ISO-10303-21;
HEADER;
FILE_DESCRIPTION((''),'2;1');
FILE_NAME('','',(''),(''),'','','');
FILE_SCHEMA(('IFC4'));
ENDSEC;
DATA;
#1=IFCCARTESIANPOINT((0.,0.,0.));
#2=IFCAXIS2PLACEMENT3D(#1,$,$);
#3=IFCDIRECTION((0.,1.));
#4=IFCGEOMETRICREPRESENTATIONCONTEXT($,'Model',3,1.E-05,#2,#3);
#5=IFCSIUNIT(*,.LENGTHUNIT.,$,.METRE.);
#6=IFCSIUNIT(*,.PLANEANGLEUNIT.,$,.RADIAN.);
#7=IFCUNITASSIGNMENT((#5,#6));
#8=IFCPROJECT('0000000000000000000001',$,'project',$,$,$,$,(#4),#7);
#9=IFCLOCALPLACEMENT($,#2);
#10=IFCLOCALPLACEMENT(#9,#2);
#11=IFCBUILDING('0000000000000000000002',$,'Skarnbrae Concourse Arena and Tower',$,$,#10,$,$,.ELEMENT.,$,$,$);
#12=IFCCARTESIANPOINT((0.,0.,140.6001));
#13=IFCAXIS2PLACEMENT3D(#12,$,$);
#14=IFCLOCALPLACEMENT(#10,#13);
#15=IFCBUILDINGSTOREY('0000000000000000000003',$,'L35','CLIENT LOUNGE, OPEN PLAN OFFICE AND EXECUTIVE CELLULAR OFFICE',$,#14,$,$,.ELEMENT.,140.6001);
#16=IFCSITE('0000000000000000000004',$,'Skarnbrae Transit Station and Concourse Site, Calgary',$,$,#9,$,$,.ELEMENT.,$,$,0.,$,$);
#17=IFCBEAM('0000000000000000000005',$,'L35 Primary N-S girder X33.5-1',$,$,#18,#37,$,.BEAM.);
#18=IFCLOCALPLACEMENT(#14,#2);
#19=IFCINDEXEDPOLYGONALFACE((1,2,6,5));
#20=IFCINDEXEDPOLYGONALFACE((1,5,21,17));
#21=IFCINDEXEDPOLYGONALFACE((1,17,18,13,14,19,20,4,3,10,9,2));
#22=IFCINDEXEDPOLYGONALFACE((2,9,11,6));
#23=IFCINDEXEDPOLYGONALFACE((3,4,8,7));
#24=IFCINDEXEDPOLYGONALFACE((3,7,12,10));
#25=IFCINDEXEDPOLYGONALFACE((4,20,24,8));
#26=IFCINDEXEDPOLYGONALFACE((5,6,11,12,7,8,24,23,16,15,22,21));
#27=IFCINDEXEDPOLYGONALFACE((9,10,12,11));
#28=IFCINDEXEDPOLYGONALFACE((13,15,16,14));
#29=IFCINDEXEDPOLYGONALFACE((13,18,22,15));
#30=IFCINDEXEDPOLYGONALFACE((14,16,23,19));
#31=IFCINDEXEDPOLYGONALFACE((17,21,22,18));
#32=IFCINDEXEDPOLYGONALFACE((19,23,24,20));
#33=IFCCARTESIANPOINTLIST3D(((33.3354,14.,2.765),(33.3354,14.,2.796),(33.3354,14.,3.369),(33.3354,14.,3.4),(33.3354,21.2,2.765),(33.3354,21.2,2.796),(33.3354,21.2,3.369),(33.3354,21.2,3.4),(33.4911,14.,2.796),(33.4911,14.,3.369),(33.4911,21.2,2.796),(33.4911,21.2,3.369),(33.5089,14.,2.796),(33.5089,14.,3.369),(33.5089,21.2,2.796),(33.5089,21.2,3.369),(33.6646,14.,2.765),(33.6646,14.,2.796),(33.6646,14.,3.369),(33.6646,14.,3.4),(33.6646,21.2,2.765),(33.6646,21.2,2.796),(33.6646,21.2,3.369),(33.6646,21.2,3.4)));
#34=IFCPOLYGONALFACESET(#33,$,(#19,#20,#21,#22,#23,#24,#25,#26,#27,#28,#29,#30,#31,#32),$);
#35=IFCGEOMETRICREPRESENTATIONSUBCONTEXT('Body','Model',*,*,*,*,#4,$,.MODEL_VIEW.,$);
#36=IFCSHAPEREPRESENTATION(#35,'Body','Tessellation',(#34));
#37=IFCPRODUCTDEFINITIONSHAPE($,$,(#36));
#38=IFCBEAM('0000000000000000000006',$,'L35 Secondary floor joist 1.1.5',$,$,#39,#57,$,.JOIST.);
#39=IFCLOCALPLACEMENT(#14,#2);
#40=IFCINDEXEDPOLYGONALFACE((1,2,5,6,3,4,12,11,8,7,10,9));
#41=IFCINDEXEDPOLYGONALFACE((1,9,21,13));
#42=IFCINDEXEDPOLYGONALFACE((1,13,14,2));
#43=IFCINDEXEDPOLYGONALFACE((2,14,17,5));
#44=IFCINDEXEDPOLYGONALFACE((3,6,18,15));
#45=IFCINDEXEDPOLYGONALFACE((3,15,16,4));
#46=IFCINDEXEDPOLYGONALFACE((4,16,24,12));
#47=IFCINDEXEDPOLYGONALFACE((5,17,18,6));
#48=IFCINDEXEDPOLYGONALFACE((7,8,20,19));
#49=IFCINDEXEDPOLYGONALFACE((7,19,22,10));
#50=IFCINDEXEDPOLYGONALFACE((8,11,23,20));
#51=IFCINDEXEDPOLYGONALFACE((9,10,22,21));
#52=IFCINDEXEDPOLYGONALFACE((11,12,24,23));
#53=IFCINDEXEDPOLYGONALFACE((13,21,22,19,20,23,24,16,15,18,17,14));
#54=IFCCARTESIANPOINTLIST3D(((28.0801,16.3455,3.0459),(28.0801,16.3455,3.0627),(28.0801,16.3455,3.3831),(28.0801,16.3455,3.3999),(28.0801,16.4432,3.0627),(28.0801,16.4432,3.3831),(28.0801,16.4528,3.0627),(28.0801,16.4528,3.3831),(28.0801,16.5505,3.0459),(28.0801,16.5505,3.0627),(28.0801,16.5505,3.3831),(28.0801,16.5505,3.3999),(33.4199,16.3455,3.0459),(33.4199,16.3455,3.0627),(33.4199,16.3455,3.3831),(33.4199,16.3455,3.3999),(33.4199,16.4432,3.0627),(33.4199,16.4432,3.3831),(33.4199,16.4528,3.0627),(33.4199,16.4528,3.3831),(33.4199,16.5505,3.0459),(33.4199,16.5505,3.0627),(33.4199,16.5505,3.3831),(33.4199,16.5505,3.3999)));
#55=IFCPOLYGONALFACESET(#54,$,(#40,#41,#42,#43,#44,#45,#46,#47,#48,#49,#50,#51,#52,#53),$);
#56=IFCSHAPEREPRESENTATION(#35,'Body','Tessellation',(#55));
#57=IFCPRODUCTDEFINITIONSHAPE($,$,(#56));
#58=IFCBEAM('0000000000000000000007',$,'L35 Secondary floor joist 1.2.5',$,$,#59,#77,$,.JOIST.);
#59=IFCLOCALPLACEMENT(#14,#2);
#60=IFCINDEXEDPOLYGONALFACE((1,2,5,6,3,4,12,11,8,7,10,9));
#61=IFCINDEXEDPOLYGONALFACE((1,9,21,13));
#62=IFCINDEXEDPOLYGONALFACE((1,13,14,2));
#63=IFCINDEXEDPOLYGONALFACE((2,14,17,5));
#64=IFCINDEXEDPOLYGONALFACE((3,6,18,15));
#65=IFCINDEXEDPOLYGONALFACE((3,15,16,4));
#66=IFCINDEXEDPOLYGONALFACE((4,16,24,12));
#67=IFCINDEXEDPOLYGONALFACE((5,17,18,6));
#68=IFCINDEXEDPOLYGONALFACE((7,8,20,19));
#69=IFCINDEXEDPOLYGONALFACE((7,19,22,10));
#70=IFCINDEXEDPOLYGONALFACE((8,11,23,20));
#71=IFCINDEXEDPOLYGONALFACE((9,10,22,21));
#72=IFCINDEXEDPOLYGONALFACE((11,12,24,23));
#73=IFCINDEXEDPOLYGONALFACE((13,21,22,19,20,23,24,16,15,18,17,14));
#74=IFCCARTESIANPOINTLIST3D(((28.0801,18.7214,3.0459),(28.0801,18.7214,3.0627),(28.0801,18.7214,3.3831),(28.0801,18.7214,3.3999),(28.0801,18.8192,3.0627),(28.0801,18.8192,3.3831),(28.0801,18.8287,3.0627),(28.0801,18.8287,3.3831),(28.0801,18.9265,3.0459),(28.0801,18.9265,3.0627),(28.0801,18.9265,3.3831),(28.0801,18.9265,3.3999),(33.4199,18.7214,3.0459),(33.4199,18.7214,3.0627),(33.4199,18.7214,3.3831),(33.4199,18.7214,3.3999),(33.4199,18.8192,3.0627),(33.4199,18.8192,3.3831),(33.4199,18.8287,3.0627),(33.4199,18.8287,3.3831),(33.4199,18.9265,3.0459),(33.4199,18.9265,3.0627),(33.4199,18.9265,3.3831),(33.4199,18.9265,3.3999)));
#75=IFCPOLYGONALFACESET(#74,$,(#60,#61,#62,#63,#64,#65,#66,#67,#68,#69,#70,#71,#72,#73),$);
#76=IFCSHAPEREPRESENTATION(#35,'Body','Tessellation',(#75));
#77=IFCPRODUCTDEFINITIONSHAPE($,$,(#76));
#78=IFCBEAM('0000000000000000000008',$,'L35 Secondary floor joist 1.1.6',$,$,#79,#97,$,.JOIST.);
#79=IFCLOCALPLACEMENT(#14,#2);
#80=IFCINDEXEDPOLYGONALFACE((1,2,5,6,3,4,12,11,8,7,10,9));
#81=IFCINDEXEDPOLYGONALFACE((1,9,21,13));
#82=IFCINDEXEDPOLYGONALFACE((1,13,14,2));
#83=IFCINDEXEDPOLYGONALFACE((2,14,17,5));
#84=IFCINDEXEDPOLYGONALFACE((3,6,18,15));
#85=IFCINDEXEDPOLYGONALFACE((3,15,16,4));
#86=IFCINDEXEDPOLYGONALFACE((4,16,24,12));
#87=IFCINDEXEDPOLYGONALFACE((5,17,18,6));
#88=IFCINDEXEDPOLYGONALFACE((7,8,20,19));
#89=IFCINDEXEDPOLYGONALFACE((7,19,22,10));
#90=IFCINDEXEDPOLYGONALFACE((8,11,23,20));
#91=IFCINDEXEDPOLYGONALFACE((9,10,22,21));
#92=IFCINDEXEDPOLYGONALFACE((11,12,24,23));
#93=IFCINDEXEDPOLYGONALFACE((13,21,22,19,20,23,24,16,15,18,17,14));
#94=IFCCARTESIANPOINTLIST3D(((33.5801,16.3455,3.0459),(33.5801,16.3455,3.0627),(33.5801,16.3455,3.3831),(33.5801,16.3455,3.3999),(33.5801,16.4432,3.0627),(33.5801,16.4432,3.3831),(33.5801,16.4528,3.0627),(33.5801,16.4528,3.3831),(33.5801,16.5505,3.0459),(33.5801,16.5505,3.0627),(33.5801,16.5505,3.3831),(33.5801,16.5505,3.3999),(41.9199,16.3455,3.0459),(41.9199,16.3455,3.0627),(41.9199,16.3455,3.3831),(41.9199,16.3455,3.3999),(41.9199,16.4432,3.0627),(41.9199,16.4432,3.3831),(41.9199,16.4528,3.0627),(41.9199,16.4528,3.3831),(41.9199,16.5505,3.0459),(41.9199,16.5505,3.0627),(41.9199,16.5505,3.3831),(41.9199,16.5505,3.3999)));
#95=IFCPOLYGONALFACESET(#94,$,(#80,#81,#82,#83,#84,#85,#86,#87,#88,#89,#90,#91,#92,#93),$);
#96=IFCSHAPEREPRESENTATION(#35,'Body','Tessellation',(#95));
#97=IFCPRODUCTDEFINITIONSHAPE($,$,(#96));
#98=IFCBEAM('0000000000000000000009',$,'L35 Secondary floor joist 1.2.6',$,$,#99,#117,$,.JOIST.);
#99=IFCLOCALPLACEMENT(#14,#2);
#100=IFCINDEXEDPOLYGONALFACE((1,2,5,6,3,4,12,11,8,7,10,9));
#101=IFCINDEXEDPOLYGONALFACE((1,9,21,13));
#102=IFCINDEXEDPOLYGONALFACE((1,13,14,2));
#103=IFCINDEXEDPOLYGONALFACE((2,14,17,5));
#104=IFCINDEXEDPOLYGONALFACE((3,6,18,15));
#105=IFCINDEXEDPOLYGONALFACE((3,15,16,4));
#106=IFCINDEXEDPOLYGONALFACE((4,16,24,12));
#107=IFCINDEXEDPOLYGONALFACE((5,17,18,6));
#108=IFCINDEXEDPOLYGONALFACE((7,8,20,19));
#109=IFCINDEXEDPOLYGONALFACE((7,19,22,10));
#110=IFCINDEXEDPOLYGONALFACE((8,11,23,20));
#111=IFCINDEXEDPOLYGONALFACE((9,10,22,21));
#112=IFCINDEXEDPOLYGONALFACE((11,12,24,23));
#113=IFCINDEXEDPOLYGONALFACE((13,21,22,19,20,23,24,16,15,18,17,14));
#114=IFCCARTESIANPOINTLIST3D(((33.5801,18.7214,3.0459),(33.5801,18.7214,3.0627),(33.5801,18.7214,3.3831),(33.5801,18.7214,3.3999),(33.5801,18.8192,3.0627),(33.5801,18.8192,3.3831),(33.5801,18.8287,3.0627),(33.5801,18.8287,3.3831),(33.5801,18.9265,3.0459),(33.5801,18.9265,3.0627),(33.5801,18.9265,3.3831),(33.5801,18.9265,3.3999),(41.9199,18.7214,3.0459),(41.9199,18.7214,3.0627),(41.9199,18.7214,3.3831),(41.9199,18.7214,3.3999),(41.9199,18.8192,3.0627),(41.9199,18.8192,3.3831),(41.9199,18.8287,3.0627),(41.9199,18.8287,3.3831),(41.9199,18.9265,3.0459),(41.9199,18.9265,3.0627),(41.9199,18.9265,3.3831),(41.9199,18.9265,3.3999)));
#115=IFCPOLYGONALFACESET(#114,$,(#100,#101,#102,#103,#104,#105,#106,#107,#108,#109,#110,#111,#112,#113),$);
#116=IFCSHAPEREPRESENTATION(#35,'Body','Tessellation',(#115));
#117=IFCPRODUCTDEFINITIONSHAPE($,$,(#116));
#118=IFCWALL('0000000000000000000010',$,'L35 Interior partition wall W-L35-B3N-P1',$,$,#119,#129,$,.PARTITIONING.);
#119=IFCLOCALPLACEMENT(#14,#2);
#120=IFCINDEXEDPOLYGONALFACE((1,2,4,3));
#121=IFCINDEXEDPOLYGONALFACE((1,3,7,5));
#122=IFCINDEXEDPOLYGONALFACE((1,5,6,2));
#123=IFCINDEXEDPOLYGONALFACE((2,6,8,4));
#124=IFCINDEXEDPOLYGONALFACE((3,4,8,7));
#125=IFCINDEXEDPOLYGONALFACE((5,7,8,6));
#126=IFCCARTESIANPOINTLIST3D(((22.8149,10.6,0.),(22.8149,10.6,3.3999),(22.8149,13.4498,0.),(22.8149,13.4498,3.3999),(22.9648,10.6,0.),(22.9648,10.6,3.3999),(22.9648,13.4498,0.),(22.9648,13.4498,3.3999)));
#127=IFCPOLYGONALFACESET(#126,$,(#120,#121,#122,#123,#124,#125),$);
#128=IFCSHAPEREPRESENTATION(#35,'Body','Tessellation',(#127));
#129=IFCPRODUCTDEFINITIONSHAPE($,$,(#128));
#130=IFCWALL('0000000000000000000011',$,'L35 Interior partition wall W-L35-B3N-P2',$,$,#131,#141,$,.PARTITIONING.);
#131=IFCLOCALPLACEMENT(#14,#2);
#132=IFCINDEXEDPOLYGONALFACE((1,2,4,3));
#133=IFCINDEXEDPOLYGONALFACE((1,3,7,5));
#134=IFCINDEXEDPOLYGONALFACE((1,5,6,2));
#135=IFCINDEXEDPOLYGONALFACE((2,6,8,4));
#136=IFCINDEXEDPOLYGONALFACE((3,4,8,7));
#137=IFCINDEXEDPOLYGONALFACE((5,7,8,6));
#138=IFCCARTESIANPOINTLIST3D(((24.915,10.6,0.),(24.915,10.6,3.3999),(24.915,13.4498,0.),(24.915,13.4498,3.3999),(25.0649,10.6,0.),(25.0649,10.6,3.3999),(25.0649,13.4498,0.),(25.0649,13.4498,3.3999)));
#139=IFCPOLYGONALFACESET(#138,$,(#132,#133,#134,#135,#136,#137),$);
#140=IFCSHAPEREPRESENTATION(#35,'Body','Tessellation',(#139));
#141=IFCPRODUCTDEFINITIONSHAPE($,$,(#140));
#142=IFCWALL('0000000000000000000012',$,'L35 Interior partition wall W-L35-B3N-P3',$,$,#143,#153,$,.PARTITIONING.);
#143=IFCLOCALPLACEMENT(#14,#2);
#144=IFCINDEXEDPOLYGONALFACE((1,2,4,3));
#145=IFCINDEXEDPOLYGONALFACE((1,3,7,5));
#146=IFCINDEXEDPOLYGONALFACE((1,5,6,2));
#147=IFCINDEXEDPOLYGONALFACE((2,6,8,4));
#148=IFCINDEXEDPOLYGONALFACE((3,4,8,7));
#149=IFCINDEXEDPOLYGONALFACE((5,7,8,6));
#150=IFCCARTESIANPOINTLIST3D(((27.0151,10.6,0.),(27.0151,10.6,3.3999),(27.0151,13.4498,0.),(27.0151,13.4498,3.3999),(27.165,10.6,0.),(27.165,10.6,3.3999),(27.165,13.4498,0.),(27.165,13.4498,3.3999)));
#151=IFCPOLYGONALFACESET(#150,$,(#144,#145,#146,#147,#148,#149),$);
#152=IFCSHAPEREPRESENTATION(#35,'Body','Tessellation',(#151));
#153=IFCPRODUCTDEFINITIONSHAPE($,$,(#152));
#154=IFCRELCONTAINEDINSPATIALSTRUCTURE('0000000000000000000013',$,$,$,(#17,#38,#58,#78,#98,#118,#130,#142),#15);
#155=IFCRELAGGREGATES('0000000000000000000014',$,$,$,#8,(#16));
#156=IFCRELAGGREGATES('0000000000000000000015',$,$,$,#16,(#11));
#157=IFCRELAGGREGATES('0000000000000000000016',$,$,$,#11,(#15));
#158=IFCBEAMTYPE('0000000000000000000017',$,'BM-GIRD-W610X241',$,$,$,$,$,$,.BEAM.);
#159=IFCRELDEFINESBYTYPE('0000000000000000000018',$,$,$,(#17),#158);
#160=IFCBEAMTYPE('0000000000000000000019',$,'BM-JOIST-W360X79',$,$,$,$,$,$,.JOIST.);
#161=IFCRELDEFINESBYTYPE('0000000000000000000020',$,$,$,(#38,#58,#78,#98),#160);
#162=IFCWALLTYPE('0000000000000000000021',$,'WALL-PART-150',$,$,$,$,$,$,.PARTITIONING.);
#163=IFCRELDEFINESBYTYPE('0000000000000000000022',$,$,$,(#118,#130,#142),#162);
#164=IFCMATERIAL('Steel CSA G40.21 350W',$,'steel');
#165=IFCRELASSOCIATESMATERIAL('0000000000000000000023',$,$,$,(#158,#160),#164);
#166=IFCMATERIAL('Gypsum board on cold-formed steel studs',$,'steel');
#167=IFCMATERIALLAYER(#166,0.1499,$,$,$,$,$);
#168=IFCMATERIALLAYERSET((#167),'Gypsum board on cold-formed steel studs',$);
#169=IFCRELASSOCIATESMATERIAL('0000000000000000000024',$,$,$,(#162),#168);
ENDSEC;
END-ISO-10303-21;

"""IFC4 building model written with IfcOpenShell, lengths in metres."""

from ifc_helpers import new_model, si_unit, direction, frame, frame_2d, origin, origin_2d, place, context, subcontext, project, spatial, rectangle, i_section, extrude, source, transform, mapped, material, layer, layer_set, material_profile, profile_set, type_object, element, save


model = new_model("IFC4")

# Units and contexts
model_context = context("Model", 3, precision=1e-05, world=origin(), true_north=direction((0.0, 1.0)))
body_context = subcontext(model_context, "Body", "Model", "MODEL_VIEW")
ifc_project = project(units=[si_unit("LENGTHUNIT", "METRE"), si_unit("PLANEANGLEUNIT", "RADIAN")], contexts=[model_context])

# Site, building, storey
site_placement = place(None, origin())
site = spatial("IfcSite", under=ifc_project, at=site_placement, Name="Skarnbrae Transit Station and Concourse Site, Calgary", CompositionType="ELEMENT", RefElevation=0.0)
building_placement = place(site_placement, origin())
building = spatial("IfcBuilding", under=site, at=building_placement, Name="Skarnbrae Concourse Arena and Tower", CompositionType="ELEMENT")
storey_placement = place(building_placement, frame((0.0, 0.0, 140.6001)))
storey = spatial("IfcBuildingStorey", under=building, at=storey_placement, Name="L35", Description="CLIENT LOUNGE, OPEN PLAN OFFICE AND EXECUTIVE CELLULAR OFFICE", CompositionType="ELEMENT", Elevation=140.6001)

# Shared definitions
ifc_material_1 = material(Name="Steel CSA G40.21 350W", Category="steel")

# Beams
ifc_material_profile_1 = material_profile(ifc_material_1, i_section(OverallWidth=0.3291, OverallDepth=0.635, WebThickness=0.0178, FlangeThickness=0.031, at=origin_2d()), Name="W610X241")
ifc_profile_set_1 = profile_set([ifc_material_profile_1], Name="Steel CSA G40.21 350W")
beam_type_1 = type_object("IfcBeamType", Name="BM-GIRD-W610X241", PredefinedType="BEAM", material=ifc_profile_set_1)
shared_shape_1 = source(origin(), body_context, "Body", "SweptSolid", [
    extrude(i_section(OverallWidth=0.3291, OverallDepth=0.635, WebThickness=0.0178, FlangeThickness=0.031, at=origin_2d()), origin(), (0.0, 0.0, 1.0), 7.2),
])
for number, where, z_axis, x_axis, name in (
    (1, (33.5, 14.0, 3.0825), (0.0, 1.0, 0.0), (-1.0, 0.0, 0.0), "L35 Primary N-S girder X33.5-1"),
):
    element("IfcBeam", number, at=place(storey_placement, frame(where, z_axis=z_axis, x_axis=x_axis)), inside=storey, type_object=beam_type_1, Name=name, PredefinedType="BEAM", context=body_context, shape_type="MappedRepresentation", body=[
        mapped(shared_shape_1, transform((0.0, 0.0, 0.0))),
    ])
ifc_material_profile_2 = material_profile(ifc_material_1, i_section(OverallWidth=0.2051, OverallDepth=0.354, WebThickness=0.0095, FlangeThickness=0.0168, at=origin_2d()), Name="W360X79")
ifc_profile_set_2 = profile_set([ifc_material_profile_2], Name="Steel CSA G40.21 350W")
beam_type_2 = type_object("IfcBeamType", Name="BM-JOIST-W360X79", PredefinedType="JOIST", material=ifc_profile_set_2)
shared_shape_2 = source(origin(), body_context, "Body", "SweptSolid", [
    extrude(i_section(OverallWidth=0.2051, OverallDepth=0.354, WebThickness=0.0095, FlangeThickness=0.0168, at=origin_2d()), origin(), (0.0, 0.0, 1.0), 5.3398),
])
for number, where, z_axis, x_axis, name in (
    (2, (28.0801, 16.448, 3.2229), (1.0, 0.0, 0.0), (0.0, 1.0, 0.0), "L35 Secondary floor joist 1.1.5"),
    (3, (28.0801, 18.824, 3.2229), (1.0, 0.0, 0.0), (0.0, 1.0, 0.0), "L35 Secondary floor joist 1.2.5"),
):
    element("IfcBeam", number, at=place(storey_placement, frame(where, z_axis=z_axis, x_axis=x_axis)), inside=storey, type_object=beam_type_2, Name=name, PredefinedType="JOIST", context=body_context, shape_type="MappedRepresentation", body=[
        mapped(shared_shape_2, transform((0.0, 0.0, 0.0))),
    ])
shared_shape_3 = source(origin(), body_context, "Body", "SweptSolid", [
    extrude(i_section(OverallWidth=0.2051, OverallDepth=0.354, WebThickness=0.0095, FlangeThickness=0.0168, at=origin_2d()), origin(), (0.0, 0.0, 1.0), 8.3398),
])
for number, where, z_axis, x_axis, name in (
    (4, (33.5801, 16.448, 3.2229), (1.0, 0.0, 0.0), (0.0, 1.0, 0.0), "L35 Secondary floor joist 1.1.6"),
    (5, (33.5801, 18.824, 3.2229), (1.0, 0.0, 0.0), (0.0, 1.0, 0.0), "L35 Secondary floor joist 1.2.6"),
):
    element("IfcBeam", number, at=place(storey_placement, frame(where, z_axis=z_axis, x_axis=x_axis)), inside=storey, type_object=beam_type_2, Name=name, PredefinedType="JOIST", context=body_context, shape_type="MappedRepresentation", body=[
        mapped(shared_shape_3, transform((0.0, 0.0, 0.0))),
    ])

# Walls
ifc_material_2 = material(Name="Gypsum board on cold-formed steel studs", Category="steel")
ifc_layer_1 = layer(ifc_material_2, 0.1499)
ifc_layer_set_1 = layer_set([ifc_layer_1], Name="Gypsum board on cold-formed steel studs")
wall_type_1 = type_object("IfcWallType", Name="WALL-PART-150", PredefinedType="PARTITIONING", material=ifc_layer_set_1)
shared_shape_4 = source(origin(), body_context, "Body", "SweptSolid", [
    extrude(rectangle(XDim=2.8499, YDim=0.1499, at=frame_2d((1.4248, 0.0))), origin(), (0.0, 0.0, 1.0), 3.3999),
])
for number, where, z_axis, x_axis, name in (
    (6, (22.8899, 10.6001, 0.0), (0.0, 0.0, 1.0), (0.0, 1.0, 0.0), "L35 Interior partition wall W-L35-B3N-P1"),
    (7, (24.99, 10.6001, 0.0), (0.0, 0.0, 1.0), (0.0, 1.0, 0.0), "L35 Interior partition wall W-L35-B3N-P2"),
    (8, (27.0901, 10.6001, 0.0), (0.0, 0.0, 1.0), (0.0, 1.0, 0.0), "L35 Interior partition wall W-L35-B3N-P3"),
):
    element("IfcWall", number, at=place(storey_placement, frame(where, z_axis=z_axis, x_axis=x_axis)), inside=storey, type_object=wall_type_1, Name=name, PredefinedType="PARTITIONING", context=body_context, shape_type="MappedRepresentation", body=[
        mapped(shared_shape_4, transform((0.0, 0.0, 0.0))),
    ])

save(model, "model.ifc")
